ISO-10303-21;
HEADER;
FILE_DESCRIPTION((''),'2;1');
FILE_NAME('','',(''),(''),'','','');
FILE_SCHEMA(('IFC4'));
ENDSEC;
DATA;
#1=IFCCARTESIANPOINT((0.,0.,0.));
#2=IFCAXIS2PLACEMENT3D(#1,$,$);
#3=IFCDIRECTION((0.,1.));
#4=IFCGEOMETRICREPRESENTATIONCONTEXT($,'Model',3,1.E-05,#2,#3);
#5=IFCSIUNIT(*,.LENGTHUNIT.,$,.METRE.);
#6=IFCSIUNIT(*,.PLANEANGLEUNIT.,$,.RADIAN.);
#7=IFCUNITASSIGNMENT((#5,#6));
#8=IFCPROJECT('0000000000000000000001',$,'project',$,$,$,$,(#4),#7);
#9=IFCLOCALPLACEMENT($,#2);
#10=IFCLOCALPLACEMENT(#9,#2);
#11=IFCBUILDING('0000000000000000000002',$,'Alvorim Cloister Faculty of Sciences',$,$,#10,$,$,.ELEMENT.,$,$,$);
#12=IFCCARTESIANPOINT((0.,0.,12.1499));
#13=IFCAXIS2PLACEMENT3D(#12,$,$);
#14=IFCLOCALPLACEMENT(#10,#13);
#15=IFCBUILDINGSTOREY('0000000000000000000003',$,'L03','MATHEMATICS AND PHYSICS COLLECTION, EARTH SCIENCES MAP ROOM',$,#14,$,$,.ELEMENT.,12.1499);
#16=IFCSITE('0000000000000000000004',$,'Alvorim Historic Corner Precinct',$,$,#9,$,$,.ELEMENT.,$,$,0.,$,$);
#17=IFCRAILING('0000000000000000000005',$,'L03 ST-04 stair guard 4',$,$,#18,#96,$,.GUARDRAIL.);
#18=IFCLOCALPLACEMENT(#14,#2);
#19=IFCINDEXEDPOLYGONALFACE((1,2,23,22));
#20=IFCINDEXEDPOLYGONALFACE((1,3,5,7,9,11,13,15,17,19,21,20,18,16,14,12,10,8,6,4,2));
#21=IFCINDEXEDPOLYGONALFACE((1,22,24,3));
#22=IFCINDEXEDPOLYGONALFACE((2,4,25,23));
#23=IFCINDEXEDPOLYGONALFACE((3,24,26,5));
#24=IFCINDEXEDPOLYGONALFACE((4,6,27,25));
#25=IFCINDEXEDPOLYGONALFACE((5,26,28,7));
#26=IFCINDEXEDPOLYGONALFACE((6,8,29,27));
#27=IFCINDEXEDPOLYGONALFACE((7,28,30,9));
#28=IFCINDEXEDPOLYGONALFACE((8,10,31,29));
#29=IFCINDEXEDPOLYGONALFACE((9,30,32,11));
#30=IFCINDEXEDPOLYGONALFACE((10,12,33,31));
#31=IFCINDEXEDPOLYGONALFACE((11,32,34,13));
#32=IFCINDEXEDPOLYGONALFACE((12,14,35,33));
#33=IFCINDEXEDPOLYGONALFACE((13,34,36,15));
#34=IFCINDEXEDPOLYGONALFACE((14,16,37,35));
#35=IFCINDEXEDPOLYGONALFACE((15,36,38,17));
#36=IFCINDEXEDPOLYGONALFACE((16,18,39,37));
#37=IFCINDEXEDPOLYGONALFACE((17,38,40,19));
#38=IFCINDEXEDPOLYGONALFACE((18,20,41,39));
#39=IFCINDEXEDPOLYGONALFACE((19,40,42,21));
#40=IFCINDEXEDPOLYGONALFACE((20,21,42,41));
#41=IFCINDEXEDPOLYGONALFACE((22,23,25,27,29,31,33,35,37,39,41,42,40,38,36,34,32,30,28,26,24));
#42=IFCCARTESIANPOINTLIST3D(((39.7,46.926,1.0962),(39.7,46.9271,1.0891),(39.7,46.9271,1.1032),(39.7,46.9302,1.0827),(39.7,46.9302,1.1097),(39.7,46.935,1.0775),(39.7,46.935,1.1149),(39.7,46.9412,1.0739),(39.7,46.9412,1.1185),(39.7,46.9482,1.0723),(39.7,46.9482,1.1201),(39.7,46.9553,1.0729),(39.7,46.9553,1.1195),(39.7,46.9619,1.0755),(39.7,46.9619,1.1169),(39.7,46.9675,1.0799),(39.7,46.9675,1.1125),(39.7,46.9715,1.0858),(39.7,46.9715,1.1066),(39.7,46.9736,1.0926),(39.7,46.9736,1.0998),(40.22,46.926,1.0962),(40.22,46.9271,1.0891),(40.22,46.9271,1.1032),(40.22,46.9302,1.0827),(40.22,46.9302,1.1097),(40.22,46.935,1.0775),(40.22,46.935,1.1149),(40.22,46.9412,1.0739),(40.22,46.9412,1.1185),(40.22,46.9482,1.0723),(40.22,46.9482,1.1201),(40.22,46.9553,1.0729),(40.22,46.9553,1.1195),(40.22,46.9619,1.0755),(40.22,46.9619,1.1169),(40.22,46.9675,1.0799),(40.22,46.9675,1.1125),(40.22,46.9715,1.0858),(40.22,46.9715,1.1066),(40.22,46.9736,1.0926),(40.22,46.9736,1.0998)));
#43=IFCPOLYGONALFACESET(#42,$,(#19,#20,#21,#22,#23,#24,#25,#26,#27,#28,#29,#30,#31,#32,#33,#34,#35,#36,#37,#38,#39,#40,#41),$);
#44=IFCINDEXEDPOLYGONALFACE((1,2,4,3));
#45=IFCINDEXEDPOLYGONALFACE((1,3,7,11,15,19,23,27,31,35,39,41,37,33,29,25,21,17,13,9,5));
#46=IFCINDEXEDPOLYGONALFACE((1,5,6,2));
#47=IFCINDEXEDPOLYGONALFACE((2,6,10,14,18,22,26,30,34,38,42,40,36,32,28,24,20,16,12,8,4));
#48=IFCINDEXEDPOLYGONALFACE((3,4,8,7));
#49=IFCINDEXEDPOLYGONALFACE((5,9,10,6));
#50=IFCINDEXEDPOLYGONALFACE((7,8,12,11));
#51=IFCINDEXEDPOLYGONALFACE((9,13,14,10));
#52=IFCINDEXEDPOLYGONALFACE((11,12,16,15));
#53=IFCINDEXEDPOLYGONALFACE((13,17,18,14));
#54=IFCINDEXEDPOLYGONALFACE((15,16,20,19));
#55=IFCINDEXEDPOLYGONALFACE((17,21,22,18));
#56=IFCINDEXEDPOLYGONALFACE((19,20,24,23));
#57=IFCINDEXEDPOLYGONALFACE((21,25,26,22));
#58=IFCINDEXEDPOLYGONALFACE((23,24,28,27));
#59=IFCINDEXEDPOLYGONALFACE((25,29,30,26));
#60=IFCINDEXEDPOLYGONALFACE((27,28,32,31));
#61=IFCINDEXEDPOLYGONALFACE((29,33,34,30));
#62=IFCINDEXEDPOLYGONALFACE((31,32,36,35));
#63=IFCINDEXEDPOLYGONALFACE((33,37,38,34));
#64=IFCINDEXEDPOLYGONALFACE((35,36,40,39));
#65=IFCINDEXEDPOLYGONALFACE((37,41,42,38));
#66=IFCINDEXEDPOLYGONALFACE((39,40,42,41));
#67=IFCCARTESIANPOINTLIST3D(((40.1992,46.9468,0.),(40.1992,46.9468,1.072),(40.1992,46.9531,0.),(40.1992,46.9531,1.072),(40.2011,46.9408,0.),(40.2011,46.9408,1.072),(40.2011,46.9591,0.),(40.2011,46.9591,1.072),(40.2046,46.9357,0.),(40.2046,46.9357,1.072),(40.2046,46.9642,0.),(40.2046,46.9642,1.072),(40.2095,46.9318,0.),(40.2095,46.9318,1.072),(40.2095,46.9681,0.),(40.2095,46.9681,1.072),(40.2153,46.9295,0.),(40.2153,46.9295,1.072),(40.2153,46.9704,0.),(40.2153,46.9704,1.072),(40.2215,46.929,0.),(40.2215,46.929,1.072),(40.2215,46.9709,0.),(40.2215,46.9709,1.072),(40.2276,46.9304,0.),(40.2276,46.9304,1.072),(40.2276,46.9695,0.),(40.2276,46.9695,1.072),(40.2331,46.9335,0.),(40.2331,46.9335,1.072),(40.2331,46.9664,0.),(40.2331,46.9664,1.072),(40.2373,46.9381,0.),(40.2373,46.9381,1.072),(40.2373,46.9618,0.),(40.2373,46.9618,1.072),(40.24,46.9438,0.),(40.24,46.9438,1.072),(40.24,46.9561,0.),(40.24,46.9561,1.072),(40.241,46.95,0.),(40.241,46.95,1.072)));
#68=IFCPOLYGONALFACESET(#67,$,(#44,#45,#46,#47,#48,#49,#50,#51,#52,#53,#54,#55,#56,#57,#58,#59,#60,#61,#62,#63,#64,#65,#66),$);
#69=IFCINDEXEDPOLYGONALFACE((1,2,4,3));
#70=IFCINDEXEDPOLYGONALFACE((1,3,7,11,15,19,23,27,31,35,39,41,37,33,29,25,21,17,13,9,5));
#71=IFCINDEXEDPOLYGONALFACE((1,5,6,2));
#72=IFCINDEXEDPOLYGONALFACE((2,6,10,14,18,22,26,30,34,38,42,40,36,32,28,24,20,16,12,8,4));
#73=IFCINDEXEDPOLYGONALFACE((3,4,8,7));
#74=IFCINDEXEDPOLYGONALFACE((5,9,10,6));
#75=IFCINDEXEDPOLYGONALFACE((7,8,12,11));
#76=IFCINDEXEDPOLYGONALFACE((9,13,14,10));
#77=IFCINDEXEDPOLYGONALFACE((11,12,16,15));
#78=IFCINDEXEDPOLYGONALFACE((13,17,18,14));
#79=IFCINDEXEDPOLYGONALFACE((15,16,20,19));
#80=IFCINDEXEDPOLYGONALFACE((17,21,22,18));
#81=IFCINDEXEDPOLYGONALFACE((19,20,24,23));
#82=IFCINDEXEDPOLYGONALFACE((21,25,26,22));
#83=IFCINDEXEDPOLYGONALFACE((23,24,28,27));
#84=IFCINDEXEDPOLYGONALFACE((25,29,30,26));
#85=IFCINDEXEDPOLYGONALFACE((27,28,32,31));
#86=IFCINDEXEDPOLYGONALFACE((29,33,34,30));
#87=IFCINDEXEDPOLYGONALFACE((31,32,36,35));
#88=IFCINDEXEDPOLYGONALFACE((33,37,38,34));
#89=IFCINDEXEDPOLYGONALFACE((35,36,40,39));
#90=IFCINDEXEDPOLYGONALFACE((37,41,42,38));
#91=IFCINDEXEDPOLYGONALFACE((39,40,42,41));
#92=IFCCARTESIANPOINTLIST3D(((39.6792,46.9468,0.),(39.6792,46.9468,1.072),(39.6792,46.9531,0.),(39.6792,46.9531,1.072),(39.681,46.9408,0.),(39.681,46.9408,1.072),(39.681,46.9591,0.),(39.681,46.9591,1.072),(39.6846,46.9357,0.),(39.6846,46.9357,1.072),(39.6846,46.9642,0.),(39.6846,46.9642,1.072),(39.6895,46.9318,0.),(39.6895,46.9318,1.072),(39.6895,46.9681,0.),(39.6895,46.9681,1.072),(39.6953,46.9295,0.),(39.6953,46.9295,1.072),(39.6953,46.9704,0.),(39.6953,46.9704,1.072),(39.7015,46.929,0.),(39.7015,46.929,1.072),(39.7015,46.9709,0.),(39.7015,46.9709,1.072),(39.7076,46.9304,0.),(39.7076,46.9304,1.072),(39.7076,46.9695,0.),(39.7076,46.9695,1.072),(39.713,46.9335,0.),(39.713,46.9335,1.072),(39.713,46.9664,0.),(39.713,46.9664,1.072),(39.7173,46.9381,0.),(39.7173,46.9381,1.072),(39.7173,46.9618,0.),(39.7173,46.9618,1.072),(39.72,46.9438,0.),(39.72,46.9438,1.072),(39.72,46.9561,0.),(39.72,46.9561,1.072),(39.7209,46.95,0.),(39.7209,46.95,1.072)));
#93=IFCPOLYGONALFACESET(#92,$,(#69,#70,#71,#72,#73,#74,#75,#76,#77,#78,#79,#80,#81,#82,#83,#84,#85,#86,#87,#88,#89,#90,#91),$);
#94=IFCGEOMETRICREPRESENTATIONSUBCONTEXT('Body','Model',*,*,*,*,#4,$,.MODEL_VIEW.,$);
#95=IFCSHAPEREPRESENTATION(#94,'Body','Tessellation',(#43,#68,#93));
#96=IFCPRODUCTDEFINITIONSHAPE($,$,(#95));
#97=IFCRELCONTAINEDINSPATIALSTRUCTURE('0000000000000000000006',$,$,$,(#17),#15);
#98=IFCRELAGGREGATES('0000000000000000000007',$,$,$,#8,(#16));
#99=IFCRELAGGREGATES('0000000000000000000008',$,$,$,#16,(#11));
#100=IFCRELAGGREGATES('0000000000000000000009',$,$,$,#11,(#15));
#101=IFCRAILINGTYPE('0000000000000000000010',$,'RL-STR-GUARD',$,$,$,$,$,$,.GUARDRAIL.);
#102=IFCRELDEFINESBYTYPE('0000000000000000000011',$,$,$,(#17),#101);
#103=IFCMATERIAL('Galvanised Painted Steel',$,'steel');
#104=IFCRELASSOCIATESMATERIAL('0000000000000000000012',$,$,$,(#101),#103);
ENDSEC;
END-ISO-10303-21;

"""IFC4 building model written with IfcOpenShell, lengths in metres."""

from ifc_helpers import new_model, si_unit, direction, frame, origin, origin_2d, place, context, subcontext, project, spatial, circle, extrude, material, type_object, element, save


model = new_model("IFC4")

# Units and contexts
model_context = context("Model", 3, precision=1e-05, world=origin(), true_north=direction((0.0, 1.0)))
body_context = subcontext(model_context, "Body", "Model", "MODEL_VIEW")
ifc_project = project(units=[si_unit("LENGTHUNIT", "METRE"), si_unit("PLANEANGLEUNIT", "RADIAN")], contexts=[model_context])

# Site, building, storey
site_placement = place(None, origin())
site = spatial("IfcSite", under=ifc_project, at=site_placement, Name="Alvorim Historic Corner Precinct", CompositionType="ELEMENT", RefElevation=0.0)
building_placement = place(site_placement, origin())
building = spatial("IfcBuilding", under=site, at=building_placement, Name="Alvorim Cloister Faculty of Sciences", CompositionType="ELEMENT")
storey_placement = place(building_placement, frame((0.0, 0.0, 12.1499)))
storey = spatial("IfcBuildingStorey", under=building, at=storey_placement, Name="L03", Description="MATHEMATICS AND PHYSICS COLLECTION, EARTH SCIENCES MAP ROOM", CompositionType="ELEMENT", Elevation=12.1499)

# Railing
ifc_material_1 = material(Name="Galvanised Painted Steel", Category="steel")
railing_type_1 = type_object("IfcRailingType", Name="RL-STR-GUARD", PredefinedType="GUARDRAIL", material=ifc_material_1)
railing_1_placement = place(storey_placement, frame((40.22, 46.95, 0.0)))
element("IfcRailing", 1, at=railing_1_placement, inside=storey, type_object=railing_type_1, Name="L03 ST-04 stair guard 4", PredefinedType="GUARDRAIL", context=body_context, shape_type="SweptSolid", body=[
    extrude(circle(Radius=0.0239, at=origin_2d()), frame((0.0, 0.0, 1.0962), z_axis=(-1.0, 0.0, 0.0), x_axis=(0.0, -1.0, 0.0)), (0.0, 0.0, 1.0), 0.52),
    extrude(circle(Radius=0.021, at=origin_2d()), origin(), (0.0, 0.0, 1.0), 1.072),
    extrude(circle(Radius=0.021, at=origin_2d()), frame((-0.52, 0.0, 0.0)), (0.0, 0.0, 1.0), 1.072),
])

save(model, "model.ifc")
